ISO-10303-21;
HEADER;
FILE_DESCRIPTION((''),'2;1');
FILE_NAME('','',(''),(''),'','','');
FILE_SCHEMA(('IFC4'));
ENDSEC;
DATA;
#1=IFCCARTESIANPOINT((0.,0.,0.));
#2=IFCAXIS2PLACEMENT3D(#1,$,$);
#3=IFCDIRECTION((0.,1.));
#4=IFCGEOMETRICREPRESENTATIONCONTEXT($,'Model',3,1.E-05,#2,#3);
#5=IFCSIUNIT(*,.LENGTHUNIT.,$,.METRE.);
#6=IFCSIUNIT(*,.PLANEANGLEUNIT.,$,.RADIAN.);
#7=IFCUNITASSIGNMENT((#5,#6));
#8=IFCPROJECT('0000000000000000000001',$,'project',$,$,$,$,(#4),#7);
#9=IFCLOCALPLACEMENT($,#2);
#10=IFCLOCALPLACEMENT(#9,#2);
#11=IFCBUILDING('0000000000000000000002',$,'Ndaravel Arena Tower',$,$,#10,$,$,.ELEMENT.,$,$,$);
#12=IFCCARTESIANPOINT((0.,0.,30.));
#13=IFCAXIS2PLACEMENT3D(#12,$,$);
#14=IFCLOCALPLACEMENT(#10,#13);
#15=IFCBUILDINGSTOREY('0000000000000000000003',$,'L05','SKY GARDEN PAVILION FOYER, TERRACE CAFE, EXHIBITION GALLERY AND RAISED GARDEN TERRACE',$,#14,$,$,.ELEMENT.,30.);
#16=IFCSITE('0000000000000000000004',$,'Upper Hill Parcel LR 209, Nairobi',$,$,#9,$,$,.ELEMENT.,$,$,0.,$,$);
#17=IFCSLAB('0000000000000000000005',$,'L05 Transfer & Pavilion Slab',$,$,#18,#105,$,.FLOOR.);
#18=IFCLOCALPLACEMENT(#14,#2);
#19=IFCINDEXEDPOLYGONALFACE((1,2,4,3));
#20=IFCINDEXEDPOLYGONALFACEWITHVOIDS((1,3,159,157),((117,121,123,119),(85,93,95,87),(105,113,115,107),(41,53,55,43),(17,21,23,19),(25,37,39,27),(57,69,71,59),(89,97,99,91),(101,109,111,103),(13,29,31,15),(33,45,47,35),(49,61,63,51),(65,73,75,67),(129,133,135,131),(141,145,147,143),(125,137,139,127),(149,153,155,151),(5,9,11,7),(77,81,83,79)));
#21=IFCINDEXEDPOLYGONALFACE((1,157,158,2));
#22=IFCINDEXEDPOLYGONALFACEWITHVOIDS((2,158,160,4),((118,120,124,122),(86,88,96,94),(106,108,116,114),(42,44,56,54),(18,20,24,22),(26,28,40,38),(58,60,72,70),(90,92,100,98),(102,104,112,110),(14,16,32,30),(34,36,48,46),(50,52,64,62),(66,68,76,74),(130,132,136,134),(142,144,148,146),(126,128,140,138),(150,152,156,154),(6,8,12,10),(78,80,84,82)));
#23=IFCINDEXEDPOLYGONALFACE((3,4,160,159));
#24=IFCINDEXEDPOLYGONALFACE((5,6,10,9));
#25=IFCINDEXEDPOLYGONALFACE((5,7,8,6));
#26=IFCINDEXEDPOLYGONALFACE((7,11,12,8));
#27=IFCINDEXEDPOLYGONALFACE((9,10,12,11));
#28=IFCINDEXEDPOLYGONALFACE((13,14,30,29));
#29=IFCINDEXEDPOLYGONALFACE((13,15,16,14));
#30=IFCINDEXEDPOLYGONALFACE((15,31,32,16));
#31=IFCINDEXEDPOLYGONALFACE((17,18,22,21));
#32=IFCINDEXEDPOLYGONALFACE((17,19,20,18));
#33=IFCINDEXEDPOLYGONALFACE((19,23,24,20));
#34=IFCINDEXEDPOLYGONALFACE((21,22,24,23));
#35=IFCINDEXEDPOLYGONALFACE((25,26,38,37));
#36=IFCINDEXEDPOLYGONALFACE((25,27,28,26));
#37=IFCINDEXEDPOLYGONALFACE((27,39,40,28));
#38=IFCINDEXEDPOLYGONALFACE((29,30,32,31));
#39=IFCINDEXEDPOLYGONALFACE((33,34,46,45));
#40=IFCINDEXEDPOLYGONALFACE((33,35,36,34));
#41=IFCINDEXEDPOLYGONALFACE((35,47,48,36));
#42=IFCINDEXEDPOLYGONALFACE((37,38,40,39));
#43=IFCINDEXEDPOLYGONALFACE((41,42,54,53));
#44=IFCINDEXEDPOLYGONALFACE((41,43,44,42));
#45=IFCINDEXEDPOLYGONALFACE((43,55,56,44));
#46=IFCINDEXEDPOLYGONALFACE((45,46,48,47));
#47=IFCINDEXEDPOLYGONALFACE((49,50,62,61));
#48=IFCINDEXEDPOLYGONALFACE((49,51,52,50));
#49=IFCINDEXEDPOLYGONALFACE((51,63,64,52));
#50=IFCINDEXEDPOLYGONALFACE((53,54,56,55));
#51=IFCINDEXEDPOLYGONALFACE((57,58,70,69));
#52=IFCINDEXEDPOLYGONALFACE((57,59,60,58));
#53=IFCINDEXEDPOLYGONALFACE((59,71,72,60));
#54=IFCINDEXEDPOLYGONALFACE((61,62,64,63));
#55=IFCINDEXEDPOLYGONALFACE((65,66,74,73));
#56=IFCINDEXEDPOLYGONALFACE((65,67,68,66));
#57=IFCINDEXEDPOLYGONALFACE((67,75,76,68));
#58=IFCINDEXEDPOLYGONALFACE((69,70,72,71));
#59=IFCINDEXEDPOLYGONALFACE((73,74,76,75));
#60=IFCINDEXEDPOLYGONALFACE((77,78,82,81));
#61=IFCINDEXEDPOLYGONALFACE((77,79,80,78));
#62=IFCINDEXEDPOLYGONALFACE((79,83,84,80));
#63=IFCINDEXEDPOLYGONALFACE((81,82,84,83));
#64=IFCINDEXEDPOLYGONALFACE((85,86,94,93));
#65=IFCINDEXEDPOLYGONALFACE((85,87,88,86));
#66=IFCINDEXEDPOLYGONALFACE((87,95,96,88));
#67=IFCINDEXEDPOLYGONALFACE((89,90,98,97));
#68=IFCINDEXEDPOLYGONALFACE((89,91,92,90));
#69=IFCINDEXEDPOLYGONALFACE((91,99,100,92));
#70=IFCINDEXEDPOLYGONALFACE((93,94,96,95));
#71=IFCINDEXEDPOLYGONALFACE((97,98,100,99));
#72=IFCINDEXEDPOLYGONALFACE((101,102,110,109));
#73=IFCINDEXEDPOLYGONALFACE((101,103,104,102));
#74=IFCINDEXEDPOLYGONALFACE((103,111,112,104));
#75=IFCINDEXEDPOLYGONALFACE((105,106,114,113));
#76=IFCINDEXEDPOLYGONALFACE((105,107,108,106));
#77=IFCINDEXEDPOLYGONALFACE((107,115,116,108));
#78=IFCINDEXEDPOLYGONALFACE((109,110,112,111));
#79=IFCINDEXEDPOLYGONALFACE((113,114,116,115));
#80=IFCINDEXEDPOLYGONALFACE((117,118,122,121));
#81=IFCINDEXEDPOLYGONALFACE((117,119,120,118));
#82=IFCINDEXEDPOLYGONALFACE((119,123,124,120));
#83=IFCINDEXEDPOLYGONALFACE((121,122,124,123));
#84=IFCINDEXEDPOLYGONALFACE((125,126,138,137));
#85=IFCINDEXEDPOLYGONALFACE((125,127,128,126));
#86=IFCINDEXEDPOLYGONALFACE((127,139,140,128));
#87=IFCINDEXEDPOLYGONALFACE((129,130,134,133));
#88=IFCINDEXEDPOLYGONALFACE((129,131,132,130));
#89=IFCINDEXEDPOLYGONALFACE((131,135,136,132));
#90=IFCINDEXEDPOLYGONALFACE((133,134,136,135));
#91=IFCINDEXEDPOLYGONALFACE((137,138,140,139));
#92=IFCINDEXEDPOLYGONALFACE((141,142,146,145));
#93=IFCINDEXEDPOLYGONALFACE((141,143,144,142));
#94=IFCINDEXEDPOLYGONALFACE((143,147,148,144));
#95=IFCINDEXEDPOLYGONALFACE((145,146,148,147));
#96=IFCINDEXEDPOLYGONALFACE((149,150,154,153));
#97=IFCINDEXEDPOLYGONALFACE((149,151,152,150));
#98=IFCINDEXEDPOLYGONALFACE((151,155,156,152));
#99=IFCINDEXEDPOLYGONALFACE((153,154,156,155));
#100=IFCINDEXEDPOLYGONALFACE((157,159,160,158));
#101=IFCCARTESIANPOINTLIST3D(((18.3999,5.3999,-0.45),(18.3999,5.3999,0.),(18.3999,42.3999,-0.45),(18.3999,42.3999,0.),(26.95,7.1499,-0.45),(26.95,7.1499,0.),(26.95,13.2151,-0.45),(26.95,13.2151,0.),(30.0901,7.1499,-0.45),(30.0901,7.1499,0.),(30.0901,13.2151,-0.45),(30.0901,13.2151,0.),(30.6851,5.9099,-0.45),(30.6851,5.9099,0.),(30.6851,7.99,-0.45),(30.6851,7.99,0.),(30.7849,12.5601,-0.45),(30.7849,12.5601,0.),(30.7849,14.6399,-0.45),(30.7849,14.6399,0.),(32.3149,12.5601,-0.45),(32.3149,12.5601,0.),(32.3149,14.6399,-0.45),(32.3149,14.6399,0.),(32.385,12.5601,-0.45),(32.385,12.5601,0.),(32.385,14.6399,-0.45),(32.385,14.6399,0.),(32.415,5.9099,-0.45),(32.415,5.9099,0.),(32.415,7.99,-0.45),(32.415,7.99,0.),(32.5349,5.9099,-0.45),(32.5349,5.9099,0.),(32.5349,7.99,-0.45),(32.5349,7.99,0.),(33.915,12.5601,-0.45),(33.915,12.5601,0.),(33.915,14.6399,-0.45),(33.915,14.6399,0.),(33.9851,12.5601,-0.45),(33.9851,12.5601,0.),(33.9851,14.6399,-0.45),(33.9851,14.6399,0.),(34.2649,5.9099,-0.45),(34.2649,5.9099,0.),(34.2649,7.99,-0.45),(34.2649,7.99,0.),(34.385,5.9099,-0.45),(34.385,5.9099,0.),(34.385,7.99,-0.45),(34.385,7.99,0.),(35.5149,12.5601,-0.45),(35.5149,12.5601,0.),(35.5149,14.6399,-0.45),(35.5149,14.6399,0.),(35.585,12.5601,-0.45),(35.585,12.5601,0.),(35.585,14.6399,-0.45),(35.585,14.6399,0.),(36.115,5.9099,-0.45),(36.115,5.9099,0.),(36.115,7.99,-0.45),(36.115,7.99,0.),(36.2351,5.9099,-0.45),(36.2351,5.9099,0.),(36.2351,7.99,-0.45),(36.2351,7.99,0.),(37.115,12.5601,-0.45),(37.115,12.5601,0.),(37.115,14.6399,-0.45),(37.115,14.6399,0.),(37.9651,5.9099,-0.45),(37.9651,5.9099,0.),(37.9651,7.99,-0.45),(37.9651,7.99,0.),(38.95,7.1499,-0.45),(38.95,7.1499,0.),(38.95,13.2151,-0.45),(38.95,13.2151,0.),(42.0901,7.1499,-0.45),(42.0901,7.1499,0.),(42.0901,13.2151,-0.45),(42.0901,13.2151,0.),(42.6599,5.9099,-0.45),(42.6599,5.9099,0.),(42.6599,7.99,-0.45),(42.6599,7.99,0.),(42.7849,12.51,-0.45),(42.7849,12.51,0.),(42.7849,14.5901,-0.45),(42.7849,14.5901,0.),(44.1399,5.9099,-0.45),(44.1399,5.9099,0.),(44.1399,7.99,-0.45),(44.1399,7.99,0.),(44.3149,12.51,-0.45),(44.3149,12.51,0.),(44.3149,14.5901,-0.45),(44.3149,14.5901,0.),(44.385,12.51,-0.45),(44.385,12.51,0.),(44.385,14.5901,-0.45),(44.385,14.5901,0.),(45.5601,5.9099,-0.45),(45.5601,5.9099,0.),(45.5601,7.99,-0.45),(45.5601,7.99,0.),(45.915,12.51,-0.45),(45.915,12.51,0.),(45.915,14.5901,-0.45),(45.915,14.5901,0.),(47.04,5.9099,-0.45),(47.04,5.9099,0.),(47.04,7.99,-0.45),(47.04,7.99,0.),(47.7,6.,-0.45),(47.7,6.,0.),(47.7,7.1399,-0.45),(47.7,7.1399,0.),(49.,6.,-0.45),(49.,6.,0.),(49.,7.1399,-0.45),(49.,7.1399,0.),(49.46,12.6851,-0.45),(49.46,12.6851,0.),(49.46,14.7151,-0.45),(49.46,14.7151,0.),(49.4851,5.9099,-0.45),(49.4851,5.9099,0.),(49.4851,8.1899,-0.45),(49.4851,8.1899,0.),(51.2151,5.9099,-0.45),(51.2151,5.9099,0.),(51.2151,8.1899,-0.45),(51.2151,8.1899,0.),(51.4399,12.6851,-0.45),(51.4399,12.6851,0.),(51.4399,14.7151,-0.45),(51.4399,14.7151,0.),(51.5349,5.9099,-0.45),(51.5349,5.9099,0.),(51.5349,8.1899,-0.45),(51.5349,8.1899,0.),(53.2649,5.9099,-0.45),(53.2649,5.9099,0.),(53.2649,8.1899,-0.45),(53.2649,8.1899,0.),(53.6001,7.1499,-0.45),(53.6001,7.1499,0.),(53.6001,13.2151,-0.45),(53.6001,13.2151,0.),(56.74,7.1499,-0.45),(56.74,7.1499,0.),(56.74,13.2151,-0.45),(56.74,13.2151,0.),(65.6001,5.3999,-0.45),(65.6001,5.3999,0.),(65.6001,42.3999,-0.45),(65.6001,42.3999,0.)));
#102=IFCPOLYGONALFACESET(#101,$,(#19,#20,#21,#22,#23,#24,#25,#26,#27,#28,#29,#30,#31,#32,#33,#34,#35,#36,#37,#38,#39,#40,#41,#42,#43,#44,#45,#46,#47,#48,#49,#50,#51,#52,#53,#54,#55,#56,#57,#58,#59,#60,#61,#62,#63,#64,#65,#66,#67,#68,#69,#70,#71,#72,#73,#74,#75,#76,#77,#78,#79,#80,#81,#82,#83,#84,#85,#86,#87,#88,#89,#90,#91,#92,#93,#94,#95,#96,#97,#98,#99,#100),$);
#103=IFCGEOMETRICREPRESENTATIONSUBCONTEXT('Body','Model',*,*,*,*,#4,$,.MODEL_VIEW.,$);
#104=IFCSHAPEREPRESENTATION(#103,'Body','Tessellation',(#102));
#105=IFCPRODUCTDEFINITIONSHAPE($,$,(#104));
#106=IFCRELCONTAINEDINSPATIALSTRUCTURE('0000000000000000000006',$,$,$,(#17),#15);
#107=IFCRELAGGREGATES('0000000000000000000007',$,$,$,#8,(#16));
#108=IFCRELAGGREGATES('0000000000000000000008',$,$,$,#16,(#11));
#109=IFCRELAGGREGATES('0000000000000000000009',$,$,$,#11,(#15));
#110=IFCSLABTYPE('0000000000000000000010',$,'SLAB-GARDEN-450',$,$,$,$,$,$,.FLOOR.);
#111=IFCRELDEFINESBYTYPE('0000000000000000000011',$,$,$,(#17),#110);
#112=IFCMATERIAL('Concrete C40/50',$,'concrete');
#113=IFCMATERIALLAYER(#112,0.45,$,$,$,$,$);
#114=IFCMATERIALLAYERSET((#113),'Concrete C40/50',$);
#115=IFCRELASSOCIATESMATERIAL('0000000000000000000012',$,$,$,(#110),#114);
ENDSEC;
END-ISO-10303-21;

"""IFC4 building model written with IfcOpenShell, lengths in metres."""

from ifc_helpers import new_model, si_unit, direction, frame, origin, place, context, subcontext, project, spatial, polyline, outline, extrude, material, layer, layer_set, type_object, element, save


model = new_model("IFC4")

# Units and contexts
model_context = context("Model", 3, precision=1e-05, world=origin(), true_north=direction((0.0, 1.0)))
body_context = subcontext(model_context, "Body", "Model", "MODEL_VIEW")
ifc_project = project(units=[si_unit("LENGTHUNIT", "METRE"), si_unit("PLANEANGLEUNIT", "RADIAN")], contexts=[model_context])

# Site, building, storey
site_placement = place(None, origin())
site = spatial("IfcSite", under=ifc_project, at=site_placement, Name="Upper Hill Parcel LR 209, Nairobi", CompositionType="ELEMENT", RefElevation=0.0)
building_placement = place(site_placement, origin())
building = spatial("IfcBuilding", under=site, at=building_placement, Name="Ndaravel Arena Tower", CompositionType="ELEMENT")
storey_placement = place(building_placement, frame((0.0, 0.0, 30.0)))
storey = spatial("IfcBuildingStorey", under=building, at=storey_placement, Name="L05", Description="SKY GARDEN PAVILION FOYER, TERRACE CAFE, EXHIBITION GALLERY AND RAISED GARDEN TERRACE", CompositionType="ELEMENT", Elevation=30.0)

# Slab
ifc_material_1 = material(Name="Concrete C40/50", Category="concrete")
ifc_layer_1 = layer(ifc_material_1, 0.45)
ifc_layer_set_1 = layer_set([ifc_layer_1], Name="Concrete C40/50")
slab_type_1 = type_object("IfcSlabType", Name="SLAB-GARDEN-450", PredefinedType="FLOOR", material=ifc_layer_set_1)
slab_1_placement = place(storey_placement, frame((0.0, 0.0, -0.45)))
element("IfcSlab", 1, at=slab_1_placement, inside=storey, type_object=slab_type_1, Name="L05 Transfer & Pavilion Slab", PredefinedType="FLOOR", context=body_context, shape_type="SweptSolid", body=[
    extrude(outline(polyline([(18.3999, 5.3999), (65.6001, 5.3999), (65.6001, 42.3999), (18.3999, 42.3999), (18.3999, 5.3999)]), holes=[polyline([(26.95, 13.2151), (26.95, 7.1499), (30.0901, 7.1499), (30.0901, 13.2151), (26.95, 13.2151)]), polyline([(38.95, 13.2151), (38.95, 7.1499), (42.0901, 7.1499), (42.0901, 13.2151), (38.95, 13.2151)]), polyline([(53.6001, 13.2151), (53.6001, 7.1499), (56.74, 7.1499), (56.74, 13.2151), (53.6001, 13.2151)]), polyline([(30.6851, 5.9099), (32.415, 5.9099), (32.415, 7.99), (30.6851, 7.99), (30.6851, 5.9099)]), polyline([(32.5349, 5.9099), (34.2649, 5.9099), (34.2649, 7.99), (32.5349, 7.99), (32.5349, 5.9099)]), polyline([(34.385, 5.9099), (36.115, 5.9099), (36.115, 7.99), (34.385, 7.99), (34.385, 5.9099)]), polyline([(36.2351, 5.9099), (37.9651, 5.9099), (37.9651, 7.99), (36.2351, 7.99), (36.2351, 5.9099)]), polyline([(30.7849, 12.5601), (32.3149, 12.5601), (32.3149, 14.6399), (30.7849, 14.6399), (30.7849, 12.5601)]), polyline([(32.385, 12.5601), (33.915, 12.5601), (33.915, 14.6399), (32.385, 14.6399), (32.385, 12.5601)]), polyline([(33.9851, 12.5601), (35.5149, 12.5601), (35.5149, 14.6399), (33.9851, 14.6399), (33.9851, 12.5601)]), polyline([(35.585, 12.5601), (37.115, 12.5601), (37.115, 14.6399), (35.585, 14.6399), (35.585, 12.5601)]), polyline([(42.6599, 5.9099), (44.1399, 5.9099), (44.1399, 7.99), (42.6599, 7.99), (42.6599, 5.9099)]), polyline([(45.5601, 5.9099), (47.04, 5.9099), (47.04, 7.99), (45.5601, 7.99), (45.5601, 5.9099)]), polyline([(42.7849, 12.51), (44.3149, 12.51), (44.3149, 14.5901), (42.7849, 14.5901), (42.7849, 12.51)]), polyline([(44.385, 12.51), (45.915, 12.51), (45.915, 14.5901), (44.385, 14.5901), (44.385, 12.51)]), polyline([(49.4851, 5.9099), (51.2151, 5.9099), (51.2151, 8.1899), (49.4851, 8.1899), (49.4851, 5.9099)]), polyline([(51.5349, 5.9099), (53.2649, 5.9099), (53.2649, 8.1899), (51.5349, 8.1899), (51.5349, 5.9099)]), polyline([(49.46, 12.6851), (51.4399, 12.6851), (51.4399, 14.7151), (49.46, 14.7151), (49.46, 12.6851)]), polyline([(47.7, 6.0), (49.0, 6.0), (49.0, 7.1399), (47.7, 7.1399), (47.7, 6.0)])]), origin(), (0.0, 0.0, 1.0), 0.45),
])

save(model, "model.ifc")
